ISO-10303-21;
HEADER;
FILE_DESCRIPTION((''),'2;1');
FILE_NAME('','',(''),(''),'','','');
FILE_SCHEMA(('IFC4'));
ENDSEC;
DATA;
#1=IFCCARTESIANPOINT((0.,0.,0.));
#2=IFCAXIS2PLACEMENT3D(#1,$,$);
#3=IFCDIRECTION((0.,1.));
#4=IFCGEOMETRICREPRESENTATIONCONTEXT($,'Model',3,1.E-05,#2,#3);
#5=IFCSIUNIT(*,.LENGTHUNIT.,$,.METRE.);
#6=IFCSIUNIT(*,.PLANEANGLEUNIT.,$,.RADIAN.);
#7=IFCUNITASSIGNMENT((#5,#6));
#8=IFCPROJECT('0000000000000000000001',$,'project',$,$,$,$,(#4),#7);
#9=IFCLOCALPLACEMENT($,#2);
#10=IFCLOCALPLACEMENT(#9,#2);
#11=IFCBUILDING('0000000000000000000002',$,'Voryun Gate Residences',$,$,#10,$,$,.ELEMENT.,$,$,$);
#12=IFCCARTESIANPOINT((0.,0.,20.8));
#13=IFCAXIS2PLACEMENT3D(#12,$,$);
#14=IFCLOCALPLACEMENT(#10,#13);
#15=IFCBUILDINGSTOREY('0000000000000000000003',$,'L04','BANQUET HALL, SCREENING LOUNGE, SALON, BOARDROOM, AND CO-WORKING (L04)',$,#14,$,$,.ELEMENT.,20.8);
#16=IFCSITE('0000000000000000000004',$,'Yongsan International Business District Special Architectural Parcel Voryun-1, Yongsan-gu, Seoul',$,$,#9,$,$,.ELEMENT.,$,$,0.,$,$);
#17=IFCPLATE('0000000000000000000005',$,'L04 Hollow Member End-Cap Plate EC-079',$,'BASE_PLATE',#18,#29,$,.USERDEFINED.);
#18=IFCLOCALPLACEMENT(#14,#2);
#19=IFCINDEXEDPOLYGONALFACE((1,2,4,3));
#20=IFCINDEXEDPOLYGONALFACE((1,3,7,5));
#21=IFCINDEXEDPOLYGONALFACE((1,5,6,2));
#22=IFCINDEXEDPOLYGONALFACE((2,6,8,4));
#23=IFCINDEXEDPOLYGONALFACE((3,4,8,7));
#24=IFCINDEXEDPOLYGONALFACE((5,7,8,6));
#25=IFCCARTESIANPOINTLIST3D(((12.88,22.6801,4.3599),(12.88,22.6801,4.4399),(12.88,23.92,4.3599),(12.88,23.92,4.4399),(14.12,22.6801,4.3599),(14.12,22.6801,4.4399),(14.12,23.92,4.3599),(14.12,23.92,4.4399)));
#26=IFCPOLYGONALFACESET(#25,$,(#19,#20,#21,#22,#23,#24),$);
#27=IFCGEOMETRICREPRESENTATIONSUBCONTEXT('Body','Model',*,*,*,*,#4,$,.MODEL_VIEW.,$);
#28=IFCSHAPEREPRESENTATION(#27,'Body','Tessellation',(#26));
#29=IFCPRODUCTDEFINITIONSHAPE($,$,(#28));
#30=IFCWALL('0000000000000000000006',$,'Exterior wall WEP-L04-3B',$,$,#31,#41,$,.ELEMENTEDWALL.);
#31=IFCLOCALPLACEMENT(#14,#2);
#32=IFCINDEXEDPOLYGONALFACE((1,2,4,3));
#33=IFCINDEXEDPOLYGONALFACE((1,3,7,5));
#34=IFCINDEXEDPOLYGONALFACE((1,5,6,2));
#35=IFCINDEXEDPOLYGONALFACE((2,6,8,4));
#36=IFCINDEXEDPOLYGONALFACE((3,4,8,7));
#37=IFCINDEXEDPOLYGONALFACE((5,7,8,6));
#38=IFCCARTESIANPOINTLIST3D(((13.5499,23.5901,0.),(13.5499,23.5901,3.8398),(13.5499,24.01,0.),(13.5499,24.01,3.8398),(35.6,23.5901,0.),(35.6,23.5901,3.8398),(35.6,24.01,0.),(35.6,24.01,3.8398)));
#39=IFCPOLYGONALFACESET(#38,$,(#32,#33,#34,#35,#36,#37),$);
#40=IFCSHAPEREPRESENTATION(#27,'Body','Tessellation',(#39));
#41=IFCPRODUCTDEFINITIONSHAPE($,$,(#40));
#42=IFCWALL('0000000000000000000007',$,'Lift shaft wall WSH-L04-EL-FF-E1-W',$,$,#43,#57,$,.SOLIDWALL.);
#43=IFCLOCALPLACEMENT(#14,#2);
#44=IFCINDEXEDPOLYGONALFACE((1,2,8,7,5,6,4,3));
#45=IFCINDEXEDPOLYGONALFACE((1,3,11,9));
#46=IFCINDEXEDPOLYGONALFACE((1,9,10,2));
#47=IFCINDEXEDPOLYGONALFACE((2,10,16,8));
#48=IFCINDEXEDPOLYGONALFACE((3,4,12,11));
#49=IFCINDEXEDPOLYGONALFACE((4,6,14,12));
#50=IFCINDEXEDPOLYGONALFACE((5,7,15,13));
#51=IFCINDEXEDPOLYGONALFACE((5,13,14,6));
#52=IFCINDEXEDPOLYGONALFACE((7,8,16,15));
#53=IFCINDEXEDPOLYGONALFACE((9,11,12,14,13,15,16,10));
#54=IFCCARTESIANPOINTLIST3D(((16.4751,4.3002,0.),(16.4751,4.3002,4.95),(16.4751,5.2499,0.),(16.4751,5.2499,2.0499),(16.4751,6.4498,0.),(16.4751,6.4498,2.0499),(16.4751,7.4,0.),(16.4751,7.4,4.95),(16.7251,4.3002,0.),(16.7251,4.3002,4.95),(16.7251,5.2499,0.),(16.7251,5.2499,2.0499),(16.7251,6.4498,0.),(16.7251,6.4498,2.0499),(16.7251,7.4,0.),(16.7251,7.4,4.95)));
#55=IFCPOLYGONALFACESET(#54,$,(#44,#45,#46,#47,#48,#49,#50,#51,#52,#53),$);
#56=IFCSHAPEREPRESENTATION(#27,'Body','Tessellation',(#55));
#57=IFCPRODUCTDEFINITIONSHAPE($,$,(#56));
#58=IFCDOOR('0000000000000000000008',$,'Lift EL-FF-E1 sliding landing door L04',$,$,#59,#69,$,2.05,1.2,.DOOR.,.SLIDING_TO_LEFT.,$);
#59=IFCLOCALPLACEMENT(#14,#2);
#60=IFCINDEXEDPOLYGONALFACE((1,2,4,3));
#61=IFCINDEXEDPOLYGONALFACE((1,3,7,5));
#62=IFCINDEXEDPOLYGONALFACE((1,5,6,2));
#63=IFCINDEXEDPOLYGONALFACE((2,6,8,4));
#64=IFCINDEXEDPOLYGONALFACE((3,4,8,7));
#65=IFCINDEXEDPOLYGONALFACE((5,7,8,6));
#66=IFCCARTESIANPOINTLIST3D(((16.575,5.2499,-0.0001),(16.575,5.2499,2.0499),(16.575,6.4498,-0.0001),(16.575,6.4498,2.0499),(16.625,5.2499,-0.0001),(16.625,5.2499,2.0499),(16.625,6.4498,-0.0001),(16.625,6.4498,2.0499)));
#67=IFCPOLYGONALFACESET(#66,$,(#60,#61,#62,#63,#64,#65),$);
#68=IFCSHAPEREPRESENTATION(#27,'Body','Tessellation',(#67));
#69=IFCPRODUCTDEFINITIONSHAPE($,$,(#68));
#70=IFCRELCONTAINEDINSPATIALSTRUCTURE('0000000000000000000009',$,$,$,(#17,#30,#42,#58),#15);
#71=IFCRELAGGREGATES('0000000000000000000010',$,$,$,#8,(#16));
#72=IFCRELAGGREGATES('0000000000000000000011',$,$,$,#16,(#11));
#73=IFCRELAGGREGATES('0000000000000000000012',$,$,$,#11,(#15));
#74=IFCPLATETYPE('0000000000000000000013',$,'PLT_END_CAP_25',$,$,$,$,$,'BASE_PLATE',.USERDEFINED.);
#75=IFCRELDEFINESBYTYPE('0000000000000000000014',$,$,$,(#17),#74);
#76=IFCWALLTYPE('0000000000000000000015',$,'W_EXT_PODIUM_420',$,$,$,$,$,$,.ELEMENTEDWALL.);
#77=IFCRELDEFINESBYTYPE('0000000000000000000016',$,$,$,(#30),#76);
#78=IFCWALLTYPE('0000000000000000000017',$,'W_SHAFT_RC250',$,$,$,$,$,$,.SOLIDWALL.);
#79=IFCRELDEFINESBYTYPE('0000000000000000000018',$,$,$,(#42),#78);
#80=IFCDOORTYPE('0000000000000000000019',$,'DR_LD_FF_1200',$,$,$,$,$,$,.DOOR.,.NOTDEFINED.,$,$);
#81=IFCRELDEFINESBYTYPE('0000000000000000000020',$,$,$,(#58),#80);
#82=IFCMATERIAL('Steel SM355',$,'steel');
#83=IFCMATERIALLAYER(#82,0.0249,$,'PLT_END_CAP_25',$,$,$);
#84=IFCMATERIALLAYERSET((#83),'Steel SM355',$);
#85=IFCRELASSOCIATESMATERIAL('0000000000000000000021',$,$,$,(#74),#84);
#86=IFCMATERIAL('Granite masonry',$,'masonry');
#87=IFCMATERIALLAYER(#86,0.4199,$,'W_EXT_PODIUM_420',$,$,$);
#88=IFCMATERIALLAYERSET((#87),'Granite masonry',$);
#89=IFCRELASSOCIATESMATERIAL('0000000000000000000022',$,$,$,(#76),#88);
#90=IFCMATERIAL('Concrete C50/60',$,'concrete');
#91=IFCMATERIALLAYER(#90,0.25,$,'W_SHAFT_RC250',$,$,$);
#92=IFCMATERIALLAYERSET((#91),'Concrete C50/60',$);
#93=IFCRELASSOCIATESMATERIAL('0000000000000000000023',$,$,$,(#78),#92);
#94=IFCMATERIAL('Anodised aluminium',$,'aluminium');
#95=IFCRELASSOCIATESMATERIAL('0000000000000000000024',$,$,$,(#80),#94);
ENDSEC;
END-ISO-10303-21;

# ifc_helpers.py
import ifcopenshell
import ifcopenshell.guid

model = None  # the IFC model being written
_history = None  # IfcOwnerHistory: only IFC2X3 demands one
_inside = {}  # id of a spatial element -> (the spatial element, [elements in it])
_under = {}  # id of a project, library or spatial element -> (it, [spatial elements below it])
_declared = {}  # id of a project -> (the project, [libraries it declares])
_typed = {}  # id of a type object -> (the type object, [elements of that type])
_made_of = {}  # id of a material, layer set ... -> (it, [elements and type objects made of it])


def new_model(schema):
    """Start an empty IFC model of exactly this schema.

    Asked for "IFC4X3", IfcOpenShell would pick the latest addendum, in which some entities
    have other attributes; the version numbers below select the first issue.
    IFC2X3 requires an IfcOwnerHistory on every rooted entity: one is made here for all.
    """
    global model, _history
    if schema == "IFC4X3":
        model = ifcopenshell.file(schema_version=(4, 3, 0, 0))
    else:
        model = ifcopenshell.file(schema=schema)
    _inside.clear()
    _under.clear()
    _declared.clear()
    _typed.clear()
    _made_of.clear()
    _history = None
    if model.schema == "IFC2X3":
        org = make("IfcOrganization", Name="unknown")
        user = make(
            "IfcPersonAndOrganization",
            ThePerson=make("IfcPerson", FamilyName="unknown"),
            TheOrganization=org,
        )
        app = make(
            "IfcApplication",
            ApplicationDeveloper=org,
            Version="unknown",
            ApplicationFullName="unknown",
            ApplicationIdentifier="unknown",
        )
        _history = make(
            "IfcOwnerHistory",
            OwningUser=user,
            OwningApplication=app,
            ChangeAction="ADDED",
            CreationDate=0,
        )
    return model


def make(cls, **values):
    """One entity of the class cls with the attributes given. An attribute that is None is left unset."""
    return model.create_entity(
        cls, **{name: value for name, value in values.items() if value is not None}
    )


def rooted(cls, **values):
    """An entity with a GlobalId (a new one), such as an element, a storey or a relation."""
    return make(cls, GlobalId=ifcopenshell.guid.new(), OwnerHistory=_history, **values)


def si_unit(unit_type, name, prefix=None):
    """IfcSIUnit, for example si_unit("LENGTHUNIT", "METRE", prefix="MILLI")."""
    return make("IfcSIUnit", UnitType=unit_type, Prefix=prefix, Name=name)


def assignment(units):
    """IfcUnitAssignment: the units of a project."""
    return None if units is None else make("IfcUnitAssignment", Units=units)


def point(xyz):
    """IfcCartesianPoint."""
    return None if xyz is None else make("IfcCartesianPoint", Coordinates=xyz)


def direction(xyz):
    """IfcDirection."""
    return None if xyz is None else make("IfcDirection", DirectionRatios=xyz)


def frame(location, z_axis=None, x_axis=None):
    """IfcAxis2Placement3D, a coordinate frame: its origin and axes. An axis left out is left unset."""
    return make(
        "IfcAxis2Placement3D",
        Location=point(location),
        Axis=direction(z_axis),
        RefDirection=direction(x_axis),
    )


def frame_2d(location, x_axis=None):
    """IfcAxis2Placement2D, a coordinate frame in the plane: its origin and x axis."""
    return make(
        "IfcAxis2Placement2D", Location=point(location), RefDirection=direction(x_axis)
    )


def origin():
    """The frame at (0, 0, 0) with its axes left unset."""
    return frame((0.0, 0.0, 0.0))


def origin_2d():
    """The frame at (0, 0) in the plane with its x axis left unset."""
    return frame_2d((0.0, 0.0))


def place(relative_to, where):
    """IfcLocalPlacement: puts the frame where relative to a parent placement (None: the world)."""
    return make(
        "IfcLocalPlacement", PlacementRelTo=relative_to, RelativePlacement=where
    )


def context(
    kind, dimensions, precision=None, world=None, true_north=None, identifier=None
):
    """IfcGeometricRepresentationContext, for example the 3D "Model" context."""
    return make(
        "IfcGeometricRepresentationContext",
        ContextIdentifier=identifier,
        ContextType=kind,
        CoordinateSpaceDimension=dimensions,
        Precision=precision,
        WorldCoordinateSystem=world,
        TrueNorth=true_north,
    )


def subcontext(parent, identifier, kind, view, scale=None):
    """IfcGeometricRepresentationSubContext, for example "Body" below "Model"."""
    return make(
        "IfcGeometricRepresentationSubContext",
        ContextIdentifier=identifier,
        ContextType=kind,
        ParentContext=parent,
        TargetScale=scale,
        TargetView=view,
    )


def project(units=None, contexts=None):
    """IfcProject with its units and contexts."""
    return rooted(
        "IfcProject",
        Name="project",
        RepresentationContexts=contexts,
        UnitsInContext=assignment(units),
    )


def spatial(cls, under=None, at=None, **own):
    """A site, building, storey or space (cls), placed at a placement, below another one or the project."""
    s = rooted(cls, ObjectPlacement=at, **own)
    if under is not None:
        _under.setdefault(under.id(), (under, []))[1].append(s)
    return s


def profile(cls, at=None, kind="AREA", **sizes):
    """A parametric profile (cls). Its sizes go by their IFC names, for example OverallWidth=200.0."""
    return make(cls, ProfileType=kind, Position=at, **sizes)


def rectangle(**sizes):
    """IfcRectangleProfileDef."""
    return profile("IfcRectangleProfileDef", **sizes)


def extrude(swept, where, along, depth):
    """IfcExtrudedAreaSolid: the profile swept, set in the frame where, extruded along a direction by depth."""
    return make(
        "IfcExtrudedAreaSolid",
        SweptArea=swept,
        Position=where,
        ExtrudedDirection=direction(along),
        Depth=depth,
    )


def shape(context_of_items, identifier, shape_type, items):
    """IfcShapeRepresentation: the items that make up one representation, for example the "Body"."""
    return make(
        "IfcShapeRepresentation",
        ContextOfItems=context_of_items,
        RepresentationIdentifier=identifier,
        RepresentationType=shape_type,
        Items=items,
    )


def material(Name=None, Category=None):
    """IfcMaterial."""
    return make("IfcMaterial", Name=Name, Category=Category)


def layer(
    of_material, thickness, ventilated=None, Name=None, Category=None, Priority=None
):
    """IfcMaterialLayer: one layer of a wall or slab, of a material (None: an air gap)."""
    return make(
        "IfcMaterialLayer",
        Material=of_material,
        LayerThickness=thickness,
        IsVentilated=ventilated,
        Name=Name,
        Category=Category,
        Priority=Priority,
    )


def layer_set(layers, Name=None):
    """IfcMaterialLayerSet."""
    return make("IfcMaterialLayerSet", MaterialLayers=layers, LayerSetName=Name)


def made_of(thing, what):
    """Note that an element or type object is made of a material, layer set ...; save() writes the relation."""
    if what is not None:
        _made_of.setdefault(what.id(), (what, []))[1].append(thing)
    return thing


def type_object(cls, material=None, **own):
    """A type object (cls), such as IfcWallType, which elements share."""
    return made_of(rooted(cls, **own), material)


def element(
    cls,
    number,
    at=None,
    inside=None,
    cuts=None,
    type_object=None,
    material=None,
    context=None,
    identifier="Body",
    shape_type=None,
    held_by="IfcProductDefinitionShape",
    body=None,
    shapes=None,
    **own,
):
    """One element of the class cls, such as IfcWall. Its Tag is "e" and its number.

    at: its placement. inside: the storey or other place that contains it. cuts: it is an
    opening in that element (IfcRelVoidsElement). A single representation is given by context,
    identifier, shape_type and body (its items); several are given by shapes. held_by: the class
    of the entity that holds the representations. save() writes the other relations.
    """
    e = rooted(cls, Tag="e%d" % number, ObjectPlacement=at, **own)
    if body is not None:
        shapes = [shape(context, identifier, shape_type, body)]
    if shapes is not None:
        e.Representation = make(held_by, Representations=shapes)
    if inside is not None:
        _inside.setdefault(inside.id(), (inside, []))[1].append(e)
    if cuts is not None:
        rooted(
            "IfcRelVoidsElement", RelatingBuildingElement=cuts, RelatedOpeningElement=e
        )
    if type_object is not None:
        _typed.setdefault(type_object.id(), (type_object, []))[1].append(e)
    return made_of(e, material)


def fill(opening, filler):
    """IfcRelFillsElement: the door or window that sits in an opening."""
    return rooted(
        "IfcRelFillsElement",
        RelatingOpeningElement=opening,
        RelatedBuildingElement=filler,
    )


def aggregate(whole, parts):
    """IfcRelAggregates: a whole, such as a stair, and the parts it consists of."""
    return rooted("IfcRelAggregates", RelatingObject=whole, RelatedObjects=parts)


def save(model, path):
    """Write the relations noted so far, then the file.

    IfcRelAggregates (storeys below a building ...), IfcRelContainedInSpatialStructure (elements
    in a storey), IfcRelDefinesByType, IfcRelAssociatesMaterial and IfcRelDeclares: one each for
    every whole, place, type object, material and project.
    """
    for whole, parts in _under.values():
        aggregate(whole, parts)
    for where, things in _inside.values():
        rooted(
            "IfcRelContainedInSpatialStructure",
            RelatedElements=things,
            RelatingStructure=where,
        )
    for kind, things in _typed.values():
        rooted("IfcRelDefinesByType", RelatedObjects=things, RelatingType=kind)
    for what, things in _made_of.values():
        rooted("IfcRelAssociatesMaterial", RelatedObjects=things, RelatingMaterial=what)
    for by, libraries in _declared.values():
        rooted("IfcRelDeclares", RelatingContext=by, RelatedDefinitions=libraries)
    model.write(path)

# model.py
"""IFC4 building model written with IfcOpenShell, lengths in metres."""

from ifc_helpers import new_model, si_unit, direction, frame, frame_2d, origin, origin_2d, place, context, subcontext, project, spatial, rectangle, extrude, material, layer, layer_set, type_object, element, fill, save


model = new_model("IFC4")

# Units and contexts
model_context = context("Model", 3, precision=1e-05, world=origin(), true_north=direction((0.0, 1.0)))
body_context = subcontext(model_context, "Body", "Model", "MODEL_VIEW")
ifc_project = project(units=[si_unit("LENGTHUNIT", "METRE"), si_unit("PLANEANGLEUNIT", "RADIAN")], contexts=[model_context])

# Site, building, storey
site_placement = place(None, origin())
site = spatial("IfcSite", under=ifc_project, at=site_placement, Name="Yongsan International Business District Special Architectural Parcel Voryun-1, Yongsan-gu, Seoul", CompositionType="ELEMENT", RefElevation=0.0)
building_placement = place(site_placement, origin())
building = spatial("IfcBuilding", under=site, at=building_placement, Name="Voryun Gate Residences", CompositionType="ELEMENT")
storey_placement = place(building_placement, frame((0.0, 0.0, 20.8)))
storey = spatial("IfcBuildingStorey", under=building, at=storey_placement, Name="L04", Description="BANQUET HALL, SCREENING LOUNGE, SALON, BOARDROOM, AND CO-WORKING (L04)", CompositionType="ELEMENT", Elevation=20.8)

# Plate
ifc_material_1 = material(Name="Steel SM355", Category="steel")
ifc_layer_1 = layer(ifc_material_1, 0.0249, Name="PLT_END_CAP_25")
ifc_layer_set_1 = layer_set([ifc_layer_1], Name="Steel SM355")
plate_type = type_object("IfcPlateType", Name="PLT_END_CAP_25", ElementType="BASE_PLATE", PredefinedType="USERDEFINED", material=ifc_layer_set_1)
for number, where, z_axis, x_axis, name in (
    (1, (13.5, 23.3, 4.3599), (0.0, 0.0, 1.0), (1.0, 0.0, 0.0), "L04 Hollow Member End-Cap Plate EC-079"),
):
    element("IfcPlate", number, at=place(storey_placement, frame(where, z_axis=z_axis, x_axis=x_axis)), inside=storey, type_object=plate_type, Name=name, ObjectType="BASE_PLATE", PredefinedType="USERDEFINED", context=body_context, shape_type="SweptSolid", body=[
        extrude(rectangle(XDim=1.24, YDim=1.24, at=origin_2d()), origin(), (0.0, 0.0, 1.0), 0.0801),
    ])

# Wall
ifc_material_2 = material(Name="Granite masonry", Category="masonry")
ifc_layer_2 = layer(ifc_material_2, 0.4199, Name="W_EXT_PODIUM_420")
ifc_layer_set_2 = layer_set([ifc_layer_2], Name="Granite masonry")
wall_type_1 = type_object("IfcWallType", Name="W_EXT_PODIUM_420", PredefinedType="ELEMENTEDWALL", material=ifc_layer_set_2)
wall_1_placement = place(storey_placement, frame((13.55, 23.8, 0.0), z_axis=(0.0, 0.0, 1.0), x_axis=(1.0, 0.0, 0.0)))
element("IfcWall", 2, at=wall_1_placement, inside=storey, type_object=wall_type_1, Name="Exterior wall WEP-L04-3B", PredefinedType="ELEMENTEDWALL", context=body_context, shape_type="SweptSolid", body=[
    extrude(rectangle(XDim=22.05, YDim=0.4199, at=frame_2d((11.0249, 0.0))), origin(), (0.0, 0.0, 1.0), 3.8398),
])

# Wall, opening, door
ifc_material_3 = material(Name="Concrete C50/60", Category="concrete")
ifc_layer_3 = layer(ifc_material_3, 0.25, Name="W_SHAFT_RC250")
ifc_layer_set_3 = layer_set([ifc_layer_3], Name="Concrete C50/60")
wall_type_2 = type_object("IfcWallType", Name="W_SHAFT_RC250", PredefinedType="SOLIDWALL", material=ifc_layer_set_3)
wall_2_placement = place(storey_placement, frame((16.6001, 7.3999, 0.0), z_axis=(0.0, 0.0, 1.0), x_axis=(0.0, -1.0, 0.0)))
wall_2 = element("IfcWall", 3, at=wall_2_placement, inside=storey, type_object=wall_type_2, Name="Lift shaft wall WSH-L04-EL-FF-E1-W", PredefinedType="SOLIDWALL", context=body_context, shape_type="SweptSolid", body=[
    extrude(rectangle(XDim=3.0999, YDim=0.25, at=frame_2d((1.5498, 0.0))), origin(), (0.0, 0.0, 1.0), 4.95),
])
opening_placement = place(wall_2_placement, frame((0.95, 0.0, 0.0)))
opening = element("IfcOpeningElement", 4, at=opening_placement, cuts=wall_2, PredefinedType="OPENING", context=body_context, shape_type="SweptSolid", body=[
    extrude(rectangle(XDim=1.2, YDim=2.05, at=frame_2d((0.6001, 1.0249))), frame((0.0, 0.135, 0.0), z_axis=(0.0, -1.0, 0.0), x_axis=(1.0, 0.0, 0.0)), (0.0, 0.0, 1.0), 0.27),
])
ifc_material_4 = material(Name="Anodised aluminium", Category="aluminium")
door_type = type_object("IfcDoorType", Name="DR_LD_FF_1200", OperationType="NOTDEFINED", PredefinedType="DOOR", material=ifc_material_4)
door_placement = place(opening_placement, origin())
door = element("IfcDoor", 5, at=door_placement, inside=storey, type_object=door_type, Name="Lift EL-FF-E1 sliding landing door L04", OperationType="SLIDING_TO_LEFT", OverallHeight=2.05, OverallWidth=1.2, PredefinedType="DOOR", context=body_context, shape_type="SweptSolid", body=[
    extrude(rectangle(XDim=1.2, YDim=2.05, at=frame_2d((0.6001, 1.0249))), frame((0.0, 0.0249, 0.0), z_axis=(0.0, -1.0, 0.0), x_axis=(1.0, 0.0, 0.0)), (0.0, 0.0, 1.0), 0.05),
])
fill(opening, door)

save(model, "model.ifc")
